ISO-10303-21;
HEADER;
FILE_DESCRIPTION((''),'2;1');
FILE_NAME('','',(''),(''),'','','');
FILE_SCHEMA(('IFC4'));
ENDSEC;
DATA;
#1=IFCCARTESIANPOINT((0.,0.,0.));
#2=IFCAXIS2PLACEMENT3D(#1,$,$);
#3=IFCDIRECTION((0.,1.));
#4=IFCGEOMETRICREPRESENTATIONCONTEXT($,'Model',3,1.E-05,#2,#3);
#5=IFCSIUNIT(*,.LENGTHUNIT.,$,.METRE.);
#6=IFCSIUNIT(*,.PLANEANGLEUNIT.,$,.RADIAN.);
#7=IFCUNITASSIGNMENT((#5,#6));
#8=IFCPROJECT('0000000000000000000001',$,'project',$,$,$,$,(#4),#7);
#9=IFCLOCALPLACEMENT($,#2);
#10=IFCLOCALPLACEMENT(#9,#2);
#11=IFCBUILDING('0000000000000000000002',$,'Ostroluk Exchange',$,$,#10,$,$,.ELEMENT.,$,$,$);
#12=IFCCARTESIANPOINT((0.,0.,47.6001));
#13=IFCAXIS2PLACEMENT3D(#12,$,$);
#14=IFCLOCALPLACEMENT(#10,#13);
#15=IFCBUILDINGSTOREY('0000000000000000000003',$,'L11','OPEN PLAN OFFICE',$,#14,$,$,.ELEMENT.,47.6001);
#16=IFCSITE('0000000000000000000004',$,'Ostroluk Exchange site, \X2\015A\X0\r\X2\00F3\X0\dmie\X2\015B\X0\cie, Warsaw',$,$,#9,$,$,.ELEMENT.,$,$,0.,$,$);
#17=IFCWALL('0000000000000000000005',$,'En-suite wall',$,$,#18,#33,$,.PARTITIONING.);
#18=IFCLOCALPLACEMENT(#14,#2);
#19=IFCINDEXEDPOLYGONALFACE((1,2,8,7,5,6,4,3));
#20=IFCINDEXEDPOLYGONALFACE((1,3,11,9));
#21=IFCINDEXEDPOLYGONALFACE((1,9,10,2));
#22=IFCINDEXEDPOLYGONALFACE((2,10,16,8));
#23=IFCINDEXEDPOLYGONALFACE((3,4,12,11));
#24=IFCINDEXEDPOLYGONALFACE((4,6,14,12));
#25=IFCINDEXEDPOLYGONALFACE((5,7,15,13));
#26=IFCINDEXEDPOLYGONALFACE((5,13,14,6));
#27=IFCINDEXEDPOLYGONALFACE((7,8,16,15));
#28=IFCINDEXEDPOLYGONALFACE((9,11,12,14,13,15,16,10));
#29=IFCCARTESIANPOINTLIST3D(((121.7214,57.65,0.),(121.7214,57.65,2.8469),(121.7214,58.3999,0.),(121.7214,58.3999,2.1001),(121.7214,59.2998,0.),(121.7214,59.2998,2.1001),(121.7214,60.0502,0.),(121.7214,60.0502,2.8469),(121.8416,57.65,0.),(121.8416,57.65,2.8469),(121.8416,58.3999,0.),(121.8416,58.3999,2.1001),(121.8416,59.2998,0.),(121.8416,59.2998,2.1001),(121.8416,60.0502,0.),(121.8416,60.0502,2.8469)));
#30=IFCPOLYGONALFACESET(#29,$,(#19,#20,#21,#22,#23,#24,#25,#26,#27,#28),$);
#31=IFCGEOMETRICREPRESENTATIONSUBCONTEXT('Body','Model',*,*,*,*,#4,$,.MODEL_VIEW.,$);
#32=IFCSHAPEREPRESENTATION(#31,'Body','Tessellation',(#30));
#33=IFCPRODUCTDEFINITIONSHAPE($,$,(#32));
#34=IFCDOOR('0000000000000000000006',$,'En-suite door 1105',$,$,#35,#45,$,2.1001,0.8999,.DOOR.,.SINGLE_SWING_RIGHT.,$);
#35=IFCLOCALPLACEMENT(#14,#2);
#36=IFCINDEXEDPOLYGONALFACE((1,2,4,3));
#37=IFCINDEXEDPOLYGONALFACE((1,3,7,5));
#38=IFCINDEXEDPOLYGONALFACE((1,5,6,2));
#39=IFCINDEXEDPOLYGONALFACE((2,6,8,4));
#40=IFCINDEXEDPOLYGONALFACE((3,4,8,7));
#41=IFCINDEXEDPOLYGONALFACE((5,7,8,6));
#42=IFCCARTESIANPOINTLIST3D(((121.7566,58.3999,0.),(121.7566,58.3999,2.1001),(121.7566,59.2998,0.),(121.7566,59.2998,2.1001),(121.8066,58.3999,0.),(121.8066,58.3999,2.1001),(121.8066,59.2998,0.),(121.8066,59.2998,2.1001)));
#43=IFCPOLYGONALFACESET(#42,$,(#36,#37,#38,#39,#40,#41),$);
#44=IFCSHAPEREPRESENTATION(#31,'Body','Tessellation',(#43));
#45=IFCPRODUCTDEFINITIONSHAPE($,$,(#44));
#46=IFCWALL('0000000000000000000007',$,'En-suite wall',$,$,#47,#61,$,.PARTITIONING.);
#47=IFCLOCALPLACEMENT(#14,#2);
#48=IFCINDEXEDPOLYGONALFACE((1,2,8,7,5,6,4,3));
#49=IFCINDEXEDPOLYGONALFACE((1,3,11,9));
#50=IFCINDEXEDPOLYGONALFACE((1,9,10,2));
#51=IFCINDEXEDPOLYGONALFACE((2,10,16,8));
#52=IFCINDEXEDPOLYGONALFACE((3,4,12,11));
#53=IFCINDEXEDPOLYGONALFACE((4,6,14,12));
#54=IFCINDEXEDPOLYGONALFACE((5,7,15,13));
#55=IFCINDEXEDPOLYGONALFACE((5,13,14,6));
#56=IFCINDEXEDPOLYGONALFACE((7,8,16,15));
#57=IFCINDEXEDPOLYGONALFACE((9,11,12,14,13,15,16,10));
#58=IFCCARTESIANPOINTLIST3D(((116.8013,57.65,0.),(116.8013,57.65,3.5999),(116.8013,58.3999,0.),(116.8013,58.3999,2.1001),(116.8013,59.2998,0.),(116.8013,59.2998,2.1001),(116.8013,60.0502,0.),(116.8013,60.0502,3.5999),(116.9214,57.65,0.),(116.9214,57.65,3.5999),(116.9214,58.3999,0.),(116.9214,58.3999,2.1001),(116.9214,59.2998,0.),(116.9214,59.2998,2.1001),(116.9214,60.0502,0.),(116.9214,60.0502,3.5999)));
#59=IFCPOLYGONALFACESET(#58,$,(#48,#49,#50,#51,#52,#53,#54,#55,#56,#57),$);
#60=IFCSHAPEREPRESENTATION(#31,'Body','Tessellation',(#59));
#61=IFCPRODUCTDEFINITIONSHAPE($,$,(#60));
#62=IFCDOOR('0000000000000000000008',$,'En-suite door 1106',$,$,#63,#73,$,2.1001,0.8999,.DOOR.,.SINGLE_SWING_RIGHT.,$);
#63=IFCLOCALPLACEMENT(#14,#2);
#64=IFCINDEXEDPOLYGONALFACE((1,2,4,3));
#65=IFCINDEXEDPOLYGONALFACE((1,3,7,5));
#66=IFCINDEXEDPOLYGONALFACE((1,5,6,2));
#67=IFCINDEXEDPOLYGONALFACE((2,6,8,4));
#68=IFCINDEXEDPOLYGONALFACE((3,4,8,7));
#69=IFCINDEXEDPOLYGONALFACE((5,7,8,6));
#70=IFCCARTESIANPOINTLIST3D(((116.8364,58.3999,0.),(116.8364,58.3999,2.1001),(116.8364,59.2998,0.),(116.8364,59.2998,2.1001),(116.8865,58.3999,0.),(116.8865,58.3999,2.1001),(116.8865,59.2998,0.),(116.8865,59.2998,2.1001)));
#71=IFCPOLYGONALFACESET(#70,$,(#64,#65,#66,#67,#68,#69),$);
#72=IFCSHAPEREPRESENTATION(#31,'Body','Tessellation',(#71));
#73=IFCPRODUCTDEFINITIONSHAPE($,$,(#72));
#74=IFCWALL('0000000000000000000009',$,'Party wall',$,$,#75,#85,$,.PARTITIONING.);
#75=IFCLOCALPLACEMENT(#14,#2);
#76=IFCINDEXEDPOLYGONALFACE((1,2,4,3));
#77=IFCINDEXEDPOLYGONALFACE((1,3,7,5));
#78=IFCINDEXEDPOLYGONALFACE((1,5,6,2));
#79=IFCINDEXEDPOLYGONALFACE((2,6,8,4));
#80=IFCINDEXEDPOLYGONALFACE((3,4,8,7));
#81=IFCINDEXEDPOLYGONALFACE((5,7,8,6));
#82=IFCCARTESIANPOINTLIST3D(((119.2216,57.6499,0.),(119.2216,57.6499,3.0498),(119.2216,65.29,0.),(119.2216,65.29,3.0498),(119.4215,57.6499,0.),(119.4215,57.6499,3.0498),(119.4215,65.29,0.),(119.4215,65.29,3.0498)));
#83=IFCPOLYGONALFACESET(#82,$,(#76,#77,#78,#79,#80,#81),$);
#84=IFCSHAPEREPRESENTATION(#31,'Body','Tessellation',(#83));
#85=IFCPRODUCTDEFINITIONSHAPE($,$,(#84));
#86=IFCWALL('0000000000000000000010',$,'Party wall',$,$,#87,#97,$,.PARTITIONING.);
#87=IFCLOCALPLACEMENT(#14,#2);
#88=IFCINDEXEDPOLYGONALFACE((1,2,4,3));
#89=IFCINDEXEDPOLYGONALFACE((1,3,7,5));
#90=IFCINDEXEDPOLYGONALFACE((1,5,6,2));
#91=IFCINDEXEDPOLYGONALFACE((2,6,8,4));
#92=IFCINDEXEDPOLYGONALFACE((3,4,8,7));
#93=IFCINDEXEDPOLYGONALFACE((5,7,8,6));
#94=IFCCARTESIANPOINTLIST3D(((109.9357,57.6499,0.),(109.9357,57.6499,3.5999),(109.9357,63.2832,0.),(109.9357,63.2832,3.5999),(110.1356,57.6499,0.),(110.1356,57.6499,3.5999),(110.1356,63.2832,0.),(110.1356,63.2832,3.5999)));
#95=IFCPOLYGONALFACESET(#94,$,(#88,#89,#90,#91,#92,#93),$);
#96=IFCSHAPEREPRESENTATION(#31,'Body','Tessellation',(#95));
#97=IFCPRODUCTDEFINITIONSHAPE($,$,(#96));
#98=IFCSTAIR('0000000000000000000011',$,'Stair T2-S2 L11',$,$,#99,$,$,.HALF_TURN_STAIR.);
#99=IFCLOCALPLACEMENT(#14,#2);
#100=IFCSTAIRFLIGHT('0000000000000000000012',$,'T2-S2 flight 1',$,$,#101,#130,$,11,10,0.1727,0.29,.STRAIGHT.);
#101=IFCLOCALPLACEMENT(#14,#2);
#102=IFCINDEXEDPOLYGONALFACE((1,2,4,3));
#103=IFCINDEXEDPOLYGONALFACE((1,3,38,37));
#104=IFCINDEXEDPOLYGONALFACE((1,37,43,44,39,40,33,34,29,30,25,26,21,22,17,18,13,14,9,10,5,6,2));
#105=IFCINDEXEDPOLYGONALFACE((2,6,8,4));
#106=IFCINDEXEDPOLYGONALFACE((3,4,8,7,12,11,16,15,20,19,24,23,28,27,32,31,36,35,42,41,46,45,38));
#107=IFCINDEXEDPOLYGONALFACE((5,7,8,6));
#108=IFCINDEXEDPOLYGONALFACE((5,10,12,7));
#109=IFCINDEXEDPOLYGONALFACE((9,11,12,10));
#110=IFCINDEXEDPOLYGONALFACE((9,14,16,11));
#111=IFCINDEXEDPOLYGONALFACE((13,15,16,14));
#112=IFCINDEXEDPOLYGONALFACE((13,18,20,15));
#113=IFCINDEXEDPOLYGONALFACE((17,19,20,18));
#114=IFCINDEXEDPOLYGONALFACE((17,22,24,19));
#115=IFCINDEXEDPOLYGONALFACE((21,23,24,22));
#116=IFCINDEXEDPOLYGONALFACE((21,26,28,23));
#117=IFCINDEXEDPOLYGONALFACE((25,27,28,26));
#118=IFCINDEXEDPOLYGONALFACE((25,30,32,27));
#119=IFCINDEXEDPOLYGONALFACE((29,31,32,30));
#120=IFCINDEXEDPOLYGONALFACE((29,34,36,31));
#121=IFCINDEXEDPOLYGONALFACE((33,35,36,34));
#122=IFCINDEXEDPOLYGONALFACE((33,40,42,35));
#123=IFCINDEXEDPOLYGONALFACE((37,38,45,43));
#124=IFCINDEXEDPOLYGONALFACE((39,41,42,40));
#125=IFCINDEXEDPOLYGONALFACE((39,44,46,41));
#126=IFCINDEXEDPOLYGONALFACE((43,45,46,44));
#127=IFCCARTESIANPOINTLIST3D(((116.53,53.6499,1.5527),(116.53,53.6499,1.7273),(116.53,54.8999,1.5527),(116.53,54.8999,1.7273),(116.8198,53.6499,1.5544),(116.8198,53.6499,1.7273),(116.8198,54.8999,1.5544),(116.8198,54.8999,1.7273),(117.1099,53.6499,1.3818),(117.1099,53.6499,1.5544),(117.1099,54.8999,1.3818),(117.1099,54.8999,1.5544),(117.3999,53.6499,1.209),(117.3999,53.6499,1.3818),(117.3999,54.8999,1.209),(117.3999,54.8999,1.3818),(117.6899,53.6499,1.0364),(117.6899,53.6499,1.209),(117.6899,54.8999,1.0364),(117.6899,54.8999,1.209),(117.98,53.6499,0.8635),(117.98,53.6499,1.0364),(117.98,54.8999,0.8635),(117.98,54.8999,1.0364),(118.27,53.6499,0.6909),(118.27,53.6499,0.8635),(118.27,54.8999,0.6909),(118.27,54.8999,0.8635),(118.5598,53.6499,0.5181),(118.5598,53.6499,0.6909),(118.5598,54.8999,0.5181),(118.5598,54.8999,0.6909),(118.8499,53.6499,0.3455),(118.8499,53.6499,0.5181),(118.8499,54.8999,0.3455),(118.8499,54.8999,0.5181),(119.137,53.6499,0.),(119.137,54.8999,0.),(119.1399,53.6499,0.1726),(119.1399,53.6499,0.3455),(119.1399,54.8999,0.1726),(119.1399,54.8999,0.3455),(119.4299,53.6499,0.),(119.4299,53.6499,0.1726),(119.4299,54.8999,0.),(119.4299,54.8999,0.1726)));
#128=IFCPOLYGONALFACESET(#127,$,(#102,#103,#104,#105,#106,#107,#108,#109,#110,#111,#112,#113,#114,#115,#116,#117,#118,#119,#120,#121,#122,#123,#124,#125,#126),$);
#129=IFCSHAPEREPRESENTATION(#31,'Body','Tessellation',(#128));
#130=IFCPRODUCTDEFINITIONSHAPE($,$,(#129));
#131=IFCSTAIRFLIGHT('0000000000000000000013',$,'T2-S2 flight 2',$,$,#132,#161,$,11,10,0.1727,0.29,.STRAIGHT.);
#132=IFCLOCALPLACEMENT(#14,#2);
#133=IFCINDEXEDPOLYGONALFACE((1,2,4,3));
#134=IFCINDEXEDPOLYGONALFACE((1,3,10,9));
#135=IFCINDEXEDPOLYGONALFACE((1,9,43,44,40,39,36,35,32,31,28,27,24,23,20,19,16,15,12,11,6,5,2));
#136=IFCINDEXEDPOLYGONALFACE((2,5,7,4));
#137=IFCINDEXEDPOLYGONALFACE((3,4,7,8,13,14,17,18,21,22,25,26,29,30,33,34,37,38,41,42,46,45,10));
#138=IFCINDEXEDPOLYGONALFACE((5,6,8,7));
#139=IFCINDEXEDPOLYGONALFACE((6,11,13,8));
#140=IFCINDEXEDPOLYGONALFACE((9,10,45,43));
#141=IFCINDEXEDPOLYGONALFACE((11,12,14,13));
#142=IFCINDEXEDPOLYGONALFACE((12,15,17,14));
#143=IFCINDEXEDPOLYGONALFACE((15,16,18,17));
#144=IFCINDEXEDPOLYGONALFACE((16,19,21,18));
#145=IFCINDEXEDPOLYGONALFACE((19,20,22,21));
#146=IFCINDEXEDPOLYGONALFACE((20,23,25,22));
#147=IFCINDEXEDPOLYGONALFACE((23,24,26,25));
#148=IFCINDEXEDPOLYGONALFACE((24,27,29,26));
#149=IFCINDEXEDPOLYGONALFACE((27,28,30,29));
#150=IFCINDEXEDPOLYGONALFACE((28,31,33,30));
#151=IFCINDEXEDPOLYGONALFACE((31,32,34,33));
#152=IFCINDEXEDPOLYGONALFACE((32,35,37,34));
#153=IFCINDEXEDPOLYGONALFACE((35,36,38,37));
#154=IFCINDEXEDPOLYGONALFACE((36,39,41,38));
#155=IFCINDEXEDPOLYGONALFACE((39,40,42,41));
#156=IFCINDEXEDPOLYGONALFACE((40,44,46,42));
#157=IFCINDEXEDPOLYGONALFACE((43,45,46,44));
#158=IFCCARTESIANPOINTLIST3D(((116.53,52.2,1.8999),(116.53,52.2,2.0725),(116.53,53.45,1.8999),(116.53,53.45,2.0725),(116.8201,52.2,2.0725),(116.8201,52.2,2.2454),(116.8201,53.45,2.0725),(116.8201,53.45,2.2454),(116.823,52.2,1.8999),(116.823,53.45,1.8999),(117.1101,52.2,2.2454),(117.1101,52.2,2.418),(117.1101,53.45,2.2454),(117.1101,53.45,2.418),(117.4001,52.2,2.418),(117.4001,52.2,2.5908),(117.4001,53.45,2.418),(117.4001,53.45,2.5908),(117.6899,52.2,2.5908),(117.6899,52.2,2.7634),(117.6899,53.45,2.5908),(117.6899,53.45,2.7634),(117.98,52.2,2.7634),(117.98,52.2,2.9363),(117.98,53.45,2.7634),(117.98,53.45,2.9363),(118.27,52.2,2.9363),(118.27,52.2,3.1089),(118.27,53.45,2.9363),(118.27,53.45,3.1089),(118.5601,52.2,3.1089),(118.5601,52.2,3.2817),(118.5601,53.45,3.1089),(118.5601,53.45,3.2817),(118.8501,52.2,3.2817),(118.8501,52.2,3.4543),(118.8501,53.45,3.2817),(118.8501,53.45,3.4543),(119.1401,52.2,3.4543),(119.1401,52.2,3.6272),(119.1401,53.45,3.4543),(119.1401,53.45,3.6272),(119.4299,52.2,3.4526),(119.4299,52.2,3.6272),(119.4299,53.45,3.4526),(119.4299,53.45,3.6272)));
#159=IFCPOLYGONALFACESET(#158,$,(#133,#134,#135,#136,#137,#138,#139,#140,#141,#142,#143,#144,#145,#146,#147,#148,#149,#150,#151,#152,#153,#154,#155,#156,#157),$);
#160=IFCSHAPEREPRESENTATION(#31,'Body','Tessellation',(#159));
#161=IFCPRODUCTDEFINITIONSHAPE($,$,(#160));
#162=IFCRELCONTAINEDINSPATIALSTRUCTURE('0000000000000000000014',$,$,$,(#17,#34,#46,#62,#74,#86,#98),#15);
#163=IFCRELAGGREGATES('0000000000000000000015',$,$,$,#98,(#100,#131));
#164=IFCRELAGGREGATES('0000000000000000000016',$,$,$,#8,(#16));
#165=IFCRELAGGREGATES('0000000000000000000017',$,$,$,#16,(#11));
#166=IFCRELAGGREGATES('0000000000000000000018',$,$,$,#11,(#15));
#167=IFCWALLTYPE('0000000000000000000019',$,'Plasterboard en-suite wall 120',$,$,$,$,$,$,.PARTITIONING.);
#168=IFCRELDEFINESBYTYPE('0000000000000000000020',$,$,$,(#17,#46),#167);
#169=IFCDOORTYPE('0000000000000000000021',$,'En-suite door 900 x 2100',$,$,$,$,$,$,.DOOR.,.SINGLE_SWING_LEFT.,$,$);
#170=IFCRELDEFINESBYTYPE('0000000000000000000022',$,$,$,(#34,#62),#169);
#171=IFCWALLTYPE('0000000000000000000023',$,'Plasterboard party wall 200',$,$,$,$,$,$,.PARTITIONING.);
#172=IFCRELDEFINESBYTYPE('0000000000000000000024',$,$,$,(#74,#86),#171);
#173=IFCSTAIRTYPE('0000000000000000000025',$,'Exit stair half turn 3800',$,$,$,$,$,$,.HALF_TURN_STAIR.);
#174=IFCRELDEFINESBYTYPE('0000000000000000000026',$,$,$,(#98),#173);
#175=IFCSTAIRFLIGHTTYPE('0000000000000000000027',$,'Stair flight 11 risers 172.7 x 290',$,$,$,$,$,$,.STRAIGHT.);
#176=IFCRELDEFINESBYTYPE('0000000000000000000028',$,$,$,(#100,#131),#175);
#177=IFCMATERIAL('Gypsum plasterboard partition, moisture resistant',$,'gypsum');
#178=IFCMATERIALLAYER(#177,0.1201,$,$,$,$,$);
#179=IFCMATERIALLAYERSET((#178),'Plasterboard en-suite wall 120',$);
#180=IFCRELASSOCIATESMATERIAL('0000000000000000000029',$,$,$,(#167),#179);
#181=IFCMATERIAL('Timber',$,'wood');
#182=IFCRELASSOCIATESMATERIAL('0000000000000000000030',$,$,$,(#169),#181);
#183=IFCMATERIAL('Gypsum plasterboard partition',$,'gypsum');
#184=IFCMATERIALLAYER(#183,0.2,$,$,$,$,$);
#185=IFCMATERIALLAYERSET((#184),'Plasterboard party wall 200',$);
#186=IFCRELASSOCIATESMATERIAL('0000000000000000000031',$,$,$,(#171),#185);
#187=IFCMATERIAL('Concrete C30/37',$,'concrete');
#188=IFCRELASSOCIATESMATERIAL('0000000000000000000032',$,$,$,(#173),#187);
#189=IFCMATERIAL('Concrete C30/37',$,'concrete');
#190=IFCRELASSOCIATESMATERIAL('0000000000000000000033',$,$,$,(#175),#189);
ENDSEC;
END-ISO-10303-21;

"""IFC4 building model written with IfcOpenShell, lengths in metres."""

from ifc_helpers import new_model, si_unit, direction, frame, frame_2d, origin, place, context, subcontext, project, spatial, polyline, rectangle, outline, extrude, material, layer, layer_set, type_object, element, fill, aggregate, save


model = new_model("IFC4")

# Units and contexts
model_context = context("Model", 3, precision=1e-05, world=origin(), true_north=direction((0.0, 1.0)))
body_context = subcontext(model_context, "Body", "Model", "MODEL_VIEW")
ifc_project = project(units=[si_unit("LENGTHUNIT", "METRE"), si_unit("PLANEANGLEUNIT", "RADIAN")], contexts=[model_context])

# Site, building, storey
site_placement = place(None, origin())
site = spatial("IfcSite", under=ifc_project, at=site_placement, Name="Ostroluk Exchange site, Śródmieście, Warsaw", CompositionType="ELEMENT", RefElevation=0.0)
building_placement = place(site_placement, origin())
building = spatial("IfcBuilding", under=site, at=building_placement, Name="Ostroluk Exchange", CompositionType="ELEMENT")
storey_placement = place(building_placement, frame((0.0, 0.0, 47.6001)))
storey = spatial("IfcBuildingStorey", under=building, at=storey_placement, Name="L11", Description="OPEN PLAN OFFICE", CompositionType="ELEMENT", Elevation=47.6001)

# Walls, openings, doors
ifc_material_1 = material(Name="Gypsum plasterboard partition, moisture resistant", Category="gypsum")
ifc_layer_1 = layer(ifc_material_1, 0.1201)
ifc_layer_set_1 = layer_set([ifc_layer_1], Name="Plasterboard en-suite wall 120")
wall_type_1 = type_object("IfcWallType", Name="Plasterboard en-suite wall 120", PredefinedType="PARTITIONING", material=ifc_layer_set_1)
wall_1_placement = place(storey_placement, frame((121.7815, 57.6499, 0.0), z_axis=(0.0, 0.0, 1.0), x_axis=(0.0, 1.0, 0.0)))
wall_1 = element("IfcWall", 1, at=wall_1_placement, inside=storey, type_object=wall_type_1, Name="En-suite wall", PredefinedType="PARTITIONING", context=body_context, shape_type="SweptSolid", body=[
    extrude(rectangle(XDim=2.4001, YDim=0.1201, at=frame_2d((1.2002, 0.0))), origin(), (0.0, 0.0, 1.0), 2.8469),
])
opening_1_placement = place(wall_1_placement, frame((0.75, 0.0, 0.0)))
opening_1 = element("IfcOpeningElement", 2, at=opening_1_placement, cuts=wall_1, PredefinedType="OPENING", context=body_context, shape_type="SweptSolid", body=[
    extrude(rectangle(XDim=0.8999, YDim=2.1001, at=frame_2d((0.45, 1.05))), frame((0.0, 0.0701, 0.0), z_axis=(0.0, -1.0, 0.0), x_axis=(1.0, 0.0, 0.0)), (0.0, 0.0, 1.0), 0.1401),
])
ifc_material_2 = material(Name="Timber", Category="wood")
door_type_1 = type_object("IfcDoorType", Name="En-suite door 900 x 2100", OperationType="SINGLE_SWING_LEFT", PredefinedType="DOOR", material=ifc_material_2)
door_1_placement = place(opening_1_placement, origin())
door_1 = element("IfcDoor", 3, at=door_1_placement, inside=storey, type_object=door_type_1, Name="En-suite door 1105", OperationType="SINGLE_SWING_RIGHT", OverallHeight=2.1001, OverallWidth=0.8999, PredefinedType="DOOR", context=body_context, shape_type="SweptSolid", body=[
    extrude(rectangle(XDim=0.8999, YDim=2.1001, at=frame_2d((0.45, 1.05))), frame((0.0, 0.0249, 0.0), z_axis=(0.0, -1.0, 0.0), x_axis=(1.0, 0.0, 0.0)), (0.0, 0.0, 1.0), 0.05),
])
fill(opening_1, door_1)
wall_2_placement = place(storey_placement, frame((116.8613, 57.6499, 0.0), z_axis=(0.0, 0.0, 1.0), x_axis=(0.0, 1.0, 0.0)))
wall_2 = element("IfcWall", 4, at=wall_2_placement, inside=storey, type_object=wall_type_1, Name="En-suite wall", PredefinedType="PARTITIONING", context=body_context, shape_type="SweptSolid", body=[
    extrude(rectangle(XDim=2.4001, YDim=0.1201, at=frame_2d((1.2002, 0.0))), origin(), (0.0, 0.0, 1.0), 3.5999),
])
opening_2_placement = place(wall_2_placement, frame((0.75, 0.0, 0.0)))
opening_2 = element("IfcOpeningElement", 5, at=opening_2_placement, cuts=wall_2, PredefinedType="OPENING", context=body_context, shape_type="SweptSolid", body=[
    extrude(rectangle(XDim=0.8999, YDim=2.1001, at=frame_2d((0.45, 1.05))), frame((0.0, 0.0701, 0.0), z_axis=(0.0, -1.0, 0.0), x_axis=(1.0, 0.0, 0.0)), (0.0, 0.0, 1.0), 0.1401),
])
door_2_placement = place(opening_2_placement, origin())
door_2 = element("IfcDoor", 6, at=door_2_placement, inside=storey, type_object=door_type_1, Name="En-suite door 1106", OperationType="SINGLE_SWING_RIGHT", OverallHeight=2.1001, OverallWidth=0.8999, PredefinedType="DOOR", context=body_context, shape_type="SweptSolid", body=[
    extrude(rectangle(XDim=0.8999, YDim=2.1001, at=frame_2d((0.45, 1.05))), frame((0.0, 0.0249, 0.0), z_axis=(0.0, -1.0, 0.0), x_axis=(1.0, 0.0, 0.0)), (0.0, 0.0, 1.0), 0.05),
])
fill(opening_2, door_2)

# Walls
ifc_material_3 = material(Name="Gypsum plasterboard partition", Category="gypsum")
ifc_layer_2 = layer(ifc_material_3, 0.2)
ifc_layer_set_2 = layer_set([ifc_layer_2], Name="Plasterboard party wall 200")
wall_type_2 = type_object("IfcWallType", Name="Plasterboard party wall 200", PredefinedType="PARTITIONING", material=ifc_layer_set_2)
wall_3_placement = place(storey_placement, frame((119.3215, 57.6499, 0.0), z_axis=(0.0, 0.0, 1.0), x_axis=(0.0, 1.0, 0.0)))
element("IfcWall", 7, at=wall_3_placement, inside=storey, type_object=wall_type_2, Name="Party wall", PredefinedType="PARTITIONING", context=body_context, shape_type="SweptSolid", body=[
    extrude(rectangle(XDim=7.6401, YDim=0.2, at=frame_2d((3.8201, 0.0))), origin(), (0.0, 0.0, 1.0), 3.0498),
])
wall_4_placement = place(storey_placement, frame((110.0356, 57.6499, 0.0), z_axis=(0.0, 0.0, 1.0), x_axis=(0.0, 1.0, 0.0)))
element("IfcWall", 8, at=wall_4_placement, inside=storey, type_object=wall_type_2, Name="Party wall", PredefinedType="PARTITIONING", context=body_context, shape_type="SweptSolid", body=[
    extrude(rectangle(XDim=5.6333, YDim=0.2, at=frame_2d((2.8167, 0.0))), origin(), (0.0, 0.0, 1.0), 3.5999),
])

# Stair, stair flights
ifc_material_4 = material(Name="Concrete C30/37", Category="concrete")
stair_type = type_object("IfcStairType", Name="Exit stair half turn 3800", PredefinedType="HALF_TURN_STAIR", material=ifc_material_4)
stair_placement = place(storey_placement, origin())
stair = element("IfcStair", 9, at=stair_placement, inside=storey, type_object=stair_type, Name="Stair T2-S2 L11", PredefinedType="HALF_TURN_STAIR")
ifc_material_5 = material(Name="Concrete C30/37", Category="concrete")
stair_flight_type = type_object("IfcStairFlightType", Name="Stair flight 11 risers 172.7 x 290", PredefinedType="STRAIGHT", material=ifc_material_5)
stair_flight_1_placement = place(storey_placement, frame((119.4299, 54.2749, 0.0), z_axis=(0.0, 0.0, 1.0), x_axis=(-1.0, 0.0, 0.0)))
stair_flight_1 = element("IfcStairFlight", 10, at=stair_flight_1_placement, type_object=stair_flight_type, Name="T2-S2 flight 1", NumberOfRisers=11, NumberOfTreads=10, PredefinedType="STRAIGHT", RiserHeight=0.1727, TreadLength=0.29, context=body_context, shape_type="SweptSolid", body=[
    extrude(outline(polyline([(0.0, 0.0), (0.0, 0.1726), (0.29, 0.1726), (0.29, 0.3455), (0.5801, 0.3455), (0.5801, 0.5181), (0.8701, 0.5181), (0.8701, 0.6909), (1.1599, 0.6909), (1.1599, 0.8635), (1.45, 0.8635), (1.45, 1.0364), (1.74, 1.0364), (1.74, 1.209), (2.03, 1.209), (2.03, 1.3818), (2.3201, 1.3818), (2.3201, 1.5544), (2.6101, 1.5544), (2.6101, 1.7273), (2.8999, 1.7273), (2.8999, 1.8999), (2.8999, 1.5527), (0.293, 0.0), (0.0, 0.0)])), frame((0.0, 0.625, 0.0), z_axis=(0.0, -1.0, 0.0), x_axis=(1.0, 0.0, 0.0)), (0.0, 0.0, 1.0), 1.25),
])
stair_flight_2_placement = place(storey_placement, frame((116.53, 52.825, 1.8999), z_axis=(0.0, 0.0, 1.0), x_axis=(1.0, 0.0, 0.0)))
stair_flight_2 = element("IfcStairFlight", 11, at=stair_flight_2_placement, type_object=stair_flight_type, Name="T2-S2 flight 2", NumberOfRisers=11, NumberOfTreads=10, PredefinedType="STRAIGHT", RiserHeight=0.1727, TreadLength=0.29, context=body_context, shape_type="SweptSolid", body=[
    extrude(outline(polyline([(0.0, 0.0), (0.0, 0.1726), (0.29, 0.1726), (0.29, 0.3455), (0.5801, 0.3455), (0.5801, 0.5181), (0.8701, 0.5181), (0.8701, 0.6909), (1.1599, 0.6909), (1.1599, 0.8635), (1.45, 0.8635), (1.45, 1.0364), (1.74, 1.0364), (1.74, 1.209), (2.03, 1.209), (2.03, 1.3818), (2.3201, 1.3818), (2.3201, 1.5544), (2.6101, 1.5544), (2.6101, 1.7273), (2.8999, 1.7273), (2.8999, 1.8999), (2.8999, 1.5527), (0.293, 0.0), (0.0, 0.0)])), frame((0.0, 0.625, 0.0), z_axis=(0.0, -1.0, 0.0), x_axis=(1.0, 0.0, 0.0)), (0.0, 0.0, 1.0), 1.25),
])
aggregate(stair, [stair_flight_1, stair_flight_2])

save(model, "model.ifc")
